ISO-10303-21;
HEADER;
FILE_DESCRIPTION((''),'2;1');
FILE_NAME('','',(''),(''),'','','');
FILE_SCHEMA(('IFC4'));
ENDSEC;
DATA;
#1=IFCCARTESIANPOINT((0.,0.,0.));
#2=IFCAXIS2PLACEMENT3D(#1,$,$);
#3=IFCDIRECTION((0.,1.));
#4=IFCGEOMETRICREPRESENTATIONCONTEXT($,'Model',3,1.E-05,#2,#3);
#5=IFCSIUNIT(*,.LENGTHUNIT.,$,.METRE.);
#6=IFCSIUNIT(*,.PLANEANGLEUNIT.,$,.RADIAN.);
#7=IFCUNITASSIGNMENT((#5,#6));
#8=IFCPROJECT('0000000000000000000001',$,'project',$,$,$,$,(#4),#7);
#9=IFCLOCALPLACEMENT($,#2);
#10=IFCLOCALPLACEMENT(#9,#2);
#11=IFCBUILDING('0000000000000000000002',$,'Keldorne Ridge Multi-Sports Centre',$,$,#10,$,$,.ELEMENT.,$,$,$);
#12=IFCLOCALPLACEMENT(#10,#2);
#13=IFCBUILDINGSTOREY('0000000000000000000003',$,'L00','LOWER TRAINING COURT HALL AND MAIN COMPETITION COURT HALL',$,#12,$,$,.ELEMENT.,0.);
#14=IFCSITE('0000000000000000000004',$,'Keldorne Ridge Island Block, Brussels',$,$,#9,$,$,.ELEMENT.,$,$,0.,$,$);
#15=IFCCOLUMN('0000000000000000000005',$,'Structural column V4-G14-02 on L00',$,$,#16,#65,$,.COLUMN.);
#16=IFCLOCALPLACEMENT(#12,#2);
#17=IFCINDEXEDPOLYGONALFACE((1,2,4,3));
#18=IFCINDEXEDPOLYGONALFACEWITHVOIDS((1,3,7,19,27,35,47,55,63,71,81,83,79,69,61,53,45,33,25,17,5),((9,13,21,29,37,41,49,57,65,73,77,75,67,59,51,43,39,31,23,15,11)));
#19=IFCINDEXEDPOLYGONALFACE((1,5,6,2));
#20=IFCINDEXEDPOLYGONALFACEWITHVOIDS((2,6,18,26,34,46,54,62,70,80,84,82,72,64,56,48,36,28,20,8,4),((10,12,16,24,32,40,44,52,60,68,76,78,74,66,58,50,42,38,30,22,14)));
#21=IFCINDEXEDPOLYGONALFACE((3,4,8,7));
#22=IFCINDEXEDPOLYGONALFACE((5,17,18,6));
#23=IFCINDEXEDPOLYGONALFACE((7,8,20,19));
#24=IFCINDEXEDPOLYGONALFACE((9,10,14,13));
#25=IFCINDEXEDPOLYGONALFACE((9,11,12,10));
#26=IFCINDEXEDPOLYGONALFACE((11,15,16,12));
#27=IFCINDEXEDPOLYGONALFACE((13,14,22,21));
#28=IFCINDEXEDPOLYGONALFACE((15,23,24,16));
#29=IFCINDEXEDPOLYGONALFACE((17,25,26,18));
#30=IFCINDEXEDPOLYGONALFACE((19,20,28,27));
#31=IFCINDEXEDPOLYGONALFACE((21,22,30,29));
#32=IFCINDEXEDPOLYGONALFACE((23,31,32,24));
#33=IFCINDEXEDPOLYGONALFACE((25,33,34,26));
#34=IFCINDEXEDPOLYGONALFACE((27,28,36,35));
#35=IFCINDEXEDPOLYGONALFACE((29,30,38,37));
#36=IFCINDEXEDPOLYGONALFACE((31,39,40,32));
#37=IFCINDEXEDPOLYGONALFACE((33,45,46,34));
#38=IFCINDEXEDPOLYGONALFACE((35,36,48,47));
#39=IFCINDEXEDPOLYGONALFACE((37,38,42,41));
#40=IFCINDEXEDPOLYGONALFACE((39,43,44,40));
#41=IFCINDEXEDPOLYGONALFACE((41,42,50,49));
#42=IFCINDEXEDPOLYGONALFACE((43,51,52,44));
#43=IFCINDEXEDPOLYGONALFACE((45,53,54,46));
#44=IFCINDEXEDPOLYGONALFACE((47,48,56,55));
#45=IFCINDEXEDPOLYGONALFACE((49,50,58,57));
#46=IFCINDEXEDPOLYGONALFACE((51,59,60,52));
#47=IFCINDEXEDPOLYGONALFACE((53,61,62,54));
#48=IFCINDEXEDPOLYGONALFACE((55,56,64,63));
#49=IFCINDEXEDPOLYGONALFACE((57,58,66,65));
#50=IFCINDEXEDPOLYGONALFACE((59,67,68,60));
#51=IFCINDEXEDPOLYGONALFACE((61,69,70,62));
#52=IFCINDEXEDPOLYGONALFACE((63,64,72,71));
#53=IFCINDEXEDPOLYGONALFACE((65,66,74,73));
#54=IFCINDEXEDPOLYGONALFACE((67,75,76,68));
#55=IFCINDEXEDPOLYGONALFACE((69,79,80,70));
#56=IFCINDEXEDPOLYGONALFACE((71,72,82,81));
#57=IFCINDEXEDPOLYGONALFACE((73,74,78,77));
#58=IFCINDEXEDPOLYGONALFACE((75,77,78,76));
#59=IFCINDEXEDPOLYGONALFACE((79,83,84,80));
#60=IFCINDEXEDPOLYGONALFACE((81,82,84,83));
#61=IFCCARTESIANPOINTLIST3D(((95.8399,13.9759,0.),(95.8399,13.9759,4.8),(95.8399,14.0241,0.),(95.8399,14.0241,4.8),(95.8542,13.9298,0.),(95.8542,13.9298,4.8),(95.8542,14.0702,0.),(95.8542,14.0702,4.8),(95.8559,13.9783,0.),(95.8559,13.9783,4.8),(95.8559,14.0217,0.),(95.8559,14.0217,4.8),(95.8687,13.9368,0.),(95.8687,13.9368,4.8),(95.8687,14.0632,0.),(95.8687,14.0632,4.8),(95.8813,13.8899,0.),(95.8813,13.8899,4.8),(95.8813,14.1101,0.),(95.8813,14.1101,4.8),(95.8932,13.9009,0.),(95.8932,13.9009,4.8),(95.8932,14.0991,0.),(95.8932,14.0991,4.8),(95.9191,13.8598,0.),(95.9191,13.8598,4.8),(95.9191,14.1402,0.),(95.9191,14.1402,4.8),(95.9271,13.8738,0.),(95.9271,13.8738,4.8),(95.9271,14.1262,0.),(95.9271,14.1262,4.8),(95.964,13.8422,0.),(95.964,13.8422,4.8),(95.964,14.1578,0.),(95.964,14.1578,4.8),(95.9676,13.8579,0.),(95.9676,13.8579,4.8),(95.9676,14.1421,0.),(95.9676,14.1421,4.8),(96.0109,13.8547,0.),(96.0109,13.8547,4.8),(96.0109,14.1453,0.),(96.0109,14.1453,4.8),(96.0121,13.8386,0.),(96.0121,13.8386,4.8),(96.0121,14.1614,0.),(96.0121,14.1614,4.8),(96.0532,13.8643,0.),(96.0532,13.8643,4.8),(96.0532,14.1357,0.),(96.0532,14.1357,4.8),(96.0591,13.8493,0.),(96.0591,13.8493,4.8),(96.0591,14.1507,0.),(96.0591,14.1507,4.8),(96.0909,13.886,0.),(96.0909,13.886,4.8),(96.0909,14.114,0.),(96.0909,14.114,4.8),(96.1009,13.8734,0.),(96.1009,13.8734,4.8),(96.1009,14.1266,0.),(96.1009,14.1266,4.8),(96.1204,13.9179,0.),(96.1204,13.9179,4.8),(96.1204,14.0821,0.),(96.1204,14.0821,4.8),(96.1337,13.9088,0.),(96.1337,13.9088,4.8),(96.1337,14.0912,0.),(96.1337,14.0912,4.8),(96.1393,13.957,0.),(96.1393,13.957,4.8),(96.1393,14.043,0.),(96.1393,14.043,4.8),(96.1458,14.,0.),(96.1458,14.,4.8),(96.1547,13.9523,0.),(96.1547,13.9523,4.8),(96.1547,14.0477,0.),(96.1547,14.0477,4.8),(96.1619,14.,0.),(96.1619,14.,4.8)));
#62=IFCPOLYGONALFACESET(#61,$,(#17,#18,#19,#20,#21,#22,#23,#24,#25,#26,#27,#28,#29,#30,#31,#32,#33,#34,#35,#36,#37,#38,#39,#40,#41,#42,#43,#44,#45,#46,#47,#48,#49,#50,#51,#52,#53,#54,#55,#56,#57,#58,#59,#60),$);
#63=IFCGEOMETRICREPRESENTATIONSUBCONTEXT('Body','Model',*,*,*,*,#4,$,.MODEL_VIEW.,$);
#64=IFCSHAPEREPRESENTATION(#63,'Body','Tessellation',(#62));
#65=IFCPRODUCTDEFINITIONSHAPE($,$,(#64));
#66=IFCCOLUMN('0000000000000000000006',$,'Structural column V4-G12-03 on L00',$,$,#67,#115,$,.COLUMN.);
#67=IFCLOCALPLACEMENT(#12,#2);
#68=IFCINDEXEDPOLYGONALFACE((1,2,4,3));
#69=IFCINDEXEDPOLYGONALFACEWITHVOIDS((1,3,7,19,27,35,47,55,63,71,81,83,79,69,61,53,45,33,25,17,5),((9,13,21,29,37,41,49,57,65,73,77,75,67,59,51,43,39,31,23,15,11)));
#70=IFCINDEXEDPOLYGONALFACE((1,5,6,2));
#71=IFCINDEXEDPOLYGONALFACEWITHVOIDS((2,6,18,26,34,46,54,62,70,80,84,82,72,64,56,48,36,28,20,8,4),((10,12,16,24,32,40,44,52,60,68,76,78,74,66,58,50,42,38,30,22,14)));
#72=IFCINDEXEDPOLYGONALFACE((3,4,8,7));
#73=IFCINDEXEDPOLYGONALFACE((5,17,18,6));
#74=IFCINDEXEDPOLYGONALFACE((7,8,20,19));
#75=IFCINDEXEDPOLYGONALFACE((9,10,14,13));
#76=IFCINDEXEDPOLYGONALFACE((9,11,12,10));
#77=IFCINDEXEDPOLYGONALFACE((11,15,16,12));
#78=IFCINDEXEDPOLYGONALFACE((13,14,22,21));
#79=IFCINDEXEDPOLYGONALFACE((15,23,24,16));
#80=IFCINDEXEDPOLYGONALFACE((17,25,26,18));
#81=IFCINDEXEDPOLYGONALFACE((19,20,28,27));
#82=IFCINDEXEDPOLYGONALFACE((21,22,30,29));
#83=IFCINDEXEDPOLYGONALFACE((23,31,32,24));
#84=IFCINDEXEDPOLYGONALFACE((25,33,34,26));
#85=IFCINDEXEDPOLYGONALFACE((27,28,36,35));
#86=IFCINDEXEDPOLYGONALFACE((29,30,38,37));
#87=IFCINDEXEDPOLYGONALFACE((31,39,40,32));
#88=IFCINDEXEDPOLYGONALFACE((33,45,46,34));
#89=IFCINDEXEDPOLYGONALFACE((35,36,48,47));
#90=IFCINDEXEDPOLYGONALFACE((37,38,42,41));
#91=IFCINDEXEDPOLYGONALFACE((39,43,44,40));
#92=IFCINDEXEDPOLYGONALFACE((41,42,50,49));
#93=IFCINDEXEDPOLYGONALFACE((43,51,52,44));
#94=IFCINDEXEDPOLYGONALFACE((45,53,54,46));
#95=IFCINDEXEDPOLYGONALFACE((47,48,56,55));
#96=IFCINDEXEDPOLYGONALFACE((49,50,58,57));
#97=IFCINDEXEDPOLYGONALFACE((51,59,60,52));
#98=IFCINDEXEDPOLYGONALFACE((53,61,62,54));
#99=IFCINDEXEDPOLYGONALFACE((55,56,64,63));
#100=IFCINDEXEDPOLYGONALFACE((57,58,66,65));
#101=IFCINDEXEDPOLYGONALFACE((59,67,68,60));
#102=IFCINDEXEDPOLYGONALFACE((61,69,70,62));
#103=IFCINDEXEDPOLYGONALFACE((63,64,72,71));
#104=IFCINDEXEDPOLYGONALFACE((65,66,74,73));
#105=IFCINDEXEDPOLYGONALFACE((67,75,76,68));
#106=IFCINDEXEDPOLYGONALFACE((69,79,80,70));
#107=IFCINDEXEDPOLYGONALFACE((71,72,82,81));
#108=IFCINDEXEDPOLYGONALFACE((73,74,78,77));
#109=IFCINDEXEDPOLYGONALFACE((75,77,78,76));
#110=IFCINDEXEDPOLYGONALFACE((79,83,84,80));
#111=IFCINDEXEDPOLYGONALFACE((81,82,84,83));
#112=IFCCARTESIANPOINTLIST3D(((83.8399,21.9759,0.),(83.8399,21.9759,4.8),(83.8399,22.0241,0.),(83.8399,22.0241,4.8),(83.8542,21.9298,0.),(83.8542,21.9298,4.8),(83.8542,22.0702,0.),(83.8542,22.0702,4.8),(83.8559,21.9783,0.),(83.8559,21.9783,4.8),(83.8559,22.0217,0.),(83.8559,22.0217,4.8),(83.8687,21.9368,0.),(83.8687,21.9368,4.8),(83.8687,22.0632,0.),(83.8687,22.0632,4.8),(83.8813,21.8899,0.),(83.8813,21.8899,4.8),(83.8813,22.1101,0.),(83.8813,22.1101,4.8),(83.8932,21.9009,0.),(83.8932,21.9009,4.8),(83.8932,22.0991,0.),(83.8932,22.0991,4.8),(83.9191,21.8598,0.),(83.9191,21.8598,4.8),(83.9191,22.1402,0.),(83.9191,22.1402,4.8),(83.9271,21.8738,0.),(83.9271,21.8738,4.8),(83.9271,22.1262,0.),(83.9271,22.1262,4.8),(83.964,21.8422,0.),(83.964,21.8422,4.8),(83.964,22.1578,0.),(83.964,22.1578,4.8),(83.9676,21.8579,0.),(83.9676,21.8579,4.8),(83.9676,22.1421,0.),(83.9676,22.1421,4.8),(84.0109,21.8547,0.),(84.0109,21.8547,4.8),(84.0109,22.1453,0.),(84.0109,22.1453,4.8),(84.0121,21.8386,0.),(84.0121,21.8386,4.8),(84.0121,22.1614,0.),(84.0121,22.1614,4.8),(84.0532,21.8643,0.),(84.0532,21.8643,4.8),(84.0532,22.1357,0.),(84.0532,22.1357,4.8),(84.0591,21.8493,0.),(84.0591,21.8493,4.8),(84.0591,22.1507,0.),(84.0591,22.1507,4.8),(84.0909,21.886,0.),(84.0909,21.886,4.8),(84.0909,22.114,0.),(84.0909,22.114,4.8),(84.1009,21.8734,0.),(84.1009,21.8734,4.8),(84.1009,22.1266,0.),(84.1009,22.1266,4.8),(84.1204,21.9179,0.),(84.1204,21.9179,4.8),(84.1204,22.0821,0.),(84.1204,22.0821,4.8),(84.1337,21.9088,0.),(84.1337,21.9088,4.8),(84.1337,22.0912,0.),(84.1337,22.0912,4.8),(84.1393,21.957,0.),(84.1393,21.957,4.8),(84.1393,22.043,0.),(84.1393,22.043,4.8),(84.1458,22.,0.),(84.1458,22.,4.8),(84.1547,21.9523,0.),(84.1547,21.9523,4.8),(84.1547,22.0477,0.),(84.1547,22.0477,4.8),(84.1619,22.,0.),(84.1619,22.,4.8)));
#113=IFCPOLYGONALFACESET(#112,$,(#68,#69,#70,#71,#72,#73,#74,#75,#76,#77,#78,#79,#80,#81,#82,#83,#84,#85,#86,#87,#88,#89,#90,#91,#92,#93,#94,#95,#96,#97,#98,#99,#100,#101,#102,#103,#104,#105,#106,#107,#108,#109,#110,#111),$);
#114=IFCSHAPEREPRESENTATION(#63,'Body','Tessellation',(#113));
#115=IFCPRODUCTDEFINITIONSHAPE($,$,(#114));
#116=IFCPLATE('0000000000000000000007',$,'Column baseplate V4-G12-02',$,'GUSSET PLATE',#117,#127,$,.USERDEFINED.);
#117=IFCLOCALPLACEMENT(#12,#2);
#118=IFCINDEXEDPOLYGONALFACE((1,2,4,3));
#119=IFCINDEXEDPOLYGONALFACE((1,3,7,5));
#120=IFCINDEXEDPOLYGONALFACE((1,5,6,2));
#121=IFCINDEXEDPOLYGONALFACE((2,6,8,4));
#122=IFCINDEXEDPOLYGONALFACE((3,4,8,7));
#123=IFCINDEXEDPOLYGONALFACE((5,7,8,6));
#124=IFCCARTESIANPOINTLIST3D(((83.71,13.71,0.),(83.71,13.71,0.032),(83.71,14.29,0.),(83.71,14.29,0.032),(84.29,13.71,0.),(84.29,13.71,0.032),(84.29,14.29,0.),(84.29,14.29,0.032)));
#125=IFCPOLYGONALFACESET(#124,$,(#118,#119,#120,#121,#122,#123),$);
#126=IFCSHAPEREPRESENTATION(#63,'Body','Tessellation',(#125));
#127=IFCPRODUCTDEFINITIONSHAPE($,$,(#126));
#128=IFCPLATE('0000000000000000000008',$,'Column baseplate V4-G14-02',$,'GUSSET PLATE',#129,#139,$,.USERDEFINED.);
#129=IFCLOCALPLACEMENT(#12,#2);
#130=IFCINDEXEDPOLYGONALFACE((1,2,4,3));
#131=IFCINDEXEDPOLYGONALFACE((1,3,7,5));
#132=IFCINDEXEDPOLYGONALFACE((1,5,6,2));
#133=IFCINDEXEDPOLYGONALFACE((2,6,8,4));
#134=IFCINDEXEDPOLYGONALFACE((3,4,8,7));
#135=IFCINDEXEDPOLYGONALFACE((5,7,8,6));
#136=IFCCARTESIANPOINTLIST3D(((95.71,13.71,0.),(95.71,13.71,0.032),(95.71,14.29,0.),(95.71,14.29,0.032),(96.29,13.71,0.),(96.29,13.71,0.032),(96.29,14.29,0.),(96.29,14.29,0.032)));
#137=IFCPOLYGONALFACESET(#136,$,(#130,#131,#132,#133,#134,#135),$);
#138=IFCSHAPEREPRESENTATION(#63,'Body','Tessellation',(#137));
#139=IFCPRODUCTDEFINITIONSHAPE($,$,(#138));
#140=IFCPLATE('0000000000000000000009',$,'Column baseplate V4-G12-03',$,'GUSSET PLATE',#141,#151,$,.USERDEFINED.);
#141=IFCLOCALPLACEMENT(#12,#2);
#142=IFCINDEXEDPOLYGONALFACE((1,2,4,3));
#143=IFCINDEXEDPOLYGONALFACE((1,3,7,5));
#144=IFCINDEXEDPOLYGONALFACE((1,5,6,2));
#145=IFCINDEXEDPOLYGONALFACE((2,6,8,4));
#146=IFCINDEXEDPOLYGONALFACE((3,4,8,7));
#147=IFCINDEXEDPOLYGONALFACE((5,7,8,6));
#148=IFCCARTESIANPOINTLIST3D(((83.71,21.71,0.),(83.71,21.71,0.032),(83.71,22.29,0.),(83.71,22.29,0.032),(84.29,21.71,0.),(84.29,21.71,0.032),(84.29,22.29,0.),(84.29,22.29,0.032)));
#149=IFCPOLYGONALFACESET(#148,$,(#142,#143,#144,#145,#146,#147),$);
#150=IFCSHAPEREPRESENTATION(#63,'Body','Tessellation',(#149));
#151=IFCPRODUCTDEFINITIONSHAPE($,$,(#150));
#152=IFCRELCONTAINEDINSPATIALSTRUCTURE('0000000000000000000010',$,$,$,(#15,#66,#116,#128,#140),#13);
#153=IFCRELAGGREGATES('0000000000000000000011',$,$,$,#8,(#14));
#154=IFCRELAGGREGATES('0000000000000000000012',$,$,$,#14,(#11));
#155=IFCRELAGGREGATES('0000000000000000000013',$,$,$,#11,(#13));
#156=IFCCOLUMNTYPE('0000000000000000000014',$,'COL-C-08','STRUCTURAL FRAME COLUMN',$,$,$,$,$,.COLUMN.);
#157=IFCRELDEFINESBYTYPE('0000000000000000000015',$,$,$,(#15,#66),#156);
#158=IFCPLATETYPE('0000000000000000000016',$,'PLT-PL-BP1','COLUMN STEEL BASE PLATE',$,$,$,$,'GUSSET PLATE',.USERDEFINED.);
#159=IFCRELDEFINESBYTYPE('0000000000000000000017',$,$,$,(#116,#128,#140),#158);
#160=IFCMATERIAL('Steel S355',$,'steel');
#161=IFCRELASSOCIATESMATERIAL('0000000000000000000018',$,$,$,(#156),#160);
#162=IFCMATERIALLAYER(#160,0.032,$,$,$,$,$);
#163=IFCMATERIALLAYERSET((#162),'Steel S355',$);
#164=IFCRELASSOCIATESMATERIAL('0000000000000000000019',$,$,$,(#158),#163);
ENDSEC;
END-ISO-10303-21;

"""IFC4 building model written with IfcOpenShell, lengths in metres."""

from ifc_helpers import new_model, si_unit, direction, frame, origin, origin_2d, place, context, subcontext, project, spatial, rectangle, hollow_circle, extrude, material, layer, layer_set, material_profile, profile_set, type_object, element, save


model = new_model("IFC4")

# Units and contexts
model_context = context("Model", 3, precision=1e-05, world=origin(), true_north=direction((0.0, 1.0)))
body_context = subcontext(model_context, "Body", "Model", "MODEL_VIEW")
ifc_project = project(units=[si_unit("LENGTHUNIT", "METRE"), si_unit("PLANEANGLEUNIT", "RADIAN")], contexts=[model_context])

# Site, building, storey
site_placement = place(None, origin())
site = spatial("IfcSite", under=ifc_project, at=site_placement, Name="Keldorne Ridge Island Block, Brussels", CompositionType="ELEMENT", RefElevation=0.0)
building_placement = place(site_placement, origin())
building = spatial("IfcBuilding", under=site, at=building_placement, Name="Keldorne Ridge Multi-Sports Centre", CompositionType="ELEMENT")
storey_placement = place(building_placement, origin())
storey = spatial("IfcBuildingStorey", under=building, at=storey_placement, Name="L00", Description="LOWER TRAINING COURT HALL AND MAIN COMPETITION COURT HALL", CompositionType="ELEMENT", Elevation=0.0)

# Columns
ifc_material_1 = material(Name="Steel S355", Category="steel")
ifc_material_profile_1 = material_profile(ifc_material_1, hollow_circle(Radius=0.1619, WallThickness=0.0161, at=origin_2d()), Name="CHS 323.9x16")
ifc_profile_set_1 = profile_set([ifc_material_profile_1], Name="Steel S355")
column_type = type_object("IfcColumnType", Name="COL-C-08", Description="STRUCTURAL FRAME COLUMN", PredefinedType="COLUMN", material=ifc_profile_set_1)
for number, where, z_axis, x_axis, name in (
    (1, (96.0, 14.0, 0.0), (0.0, 0.0, 1.0), (1.0, 0.0, 0.0), "Structural column V4-G14-02 on L00"),
    (2, (84.0, 22.0, 0.0), (0.0, 0.0, 1.0), (1.0, 0.0, 0.0), "Structural column V4-G12-03 on L00"),
):
    element("IfcColumn", number, at=place(storey_placement, frame(where, z_axis=z_axis, x_axis=x_axis)), inside=storey, type_object=column_type, Name=name, PredefinedType="COLUMN", context=body_context, shape_type="SweptSolid", body=[
        extrude(hollow_circle(Radius=0.1619, WallThickness=0.0161, at=origin_2d()), origin(), (0.0, 0.0, 1.0), 4.8),
    ])

# Plates
ifc_layer_1 = layer(ifc_material_1, 0.032)
ifc_layer_set_1 = layer_set([ifc_layer_1], Name="Steel S355")
plate_type = type_object("IfcPlateType", Name="PLT-PL-BP1", Description="COLUMN STEEL BASE PLATE", ElementType="GUSSET PLATE", PredefinedType="USERDEFINED", material=ifc_layer_set_1)
for number, where, z_axis, x_axis, name in (
    (3, (84.0, 14.0, 0.0), (0.0, 0.0, 1.0), (1.0, 0.0, 0.0), "Column baseplate V4-G12-02"),
    (4, (96.0, 14.0, 0.0), (0.0, 0.0, 1.0), (1.0, 0.0, 0.0), "Column baseplate V4-G14-02"),
    (5, (84.0, 22.0, 0.0), (0.0, 0.0, 1.0), (1.0, 0.0, 0.0), "Column baseplate V4-G12-03"),
):
    element("IfcPlate", number, at=place(storey_placement, frame(where, z_axis=z_axis, x_axis=x_axis)), inside=storey, type_object=plate_type, Name=name, ObjectType="GUSSET PLATE", PredefinedType="USERDEFINED", context=body_context, shape_type="SweptSolid", body=[
        extrude(rectangle(XDim=0.5801, YDim=0.5801, at=origin_2d()), origin(), (0.0, 0.0, 1.0), 0.032),
    ])

save(model, "model.ifc")
